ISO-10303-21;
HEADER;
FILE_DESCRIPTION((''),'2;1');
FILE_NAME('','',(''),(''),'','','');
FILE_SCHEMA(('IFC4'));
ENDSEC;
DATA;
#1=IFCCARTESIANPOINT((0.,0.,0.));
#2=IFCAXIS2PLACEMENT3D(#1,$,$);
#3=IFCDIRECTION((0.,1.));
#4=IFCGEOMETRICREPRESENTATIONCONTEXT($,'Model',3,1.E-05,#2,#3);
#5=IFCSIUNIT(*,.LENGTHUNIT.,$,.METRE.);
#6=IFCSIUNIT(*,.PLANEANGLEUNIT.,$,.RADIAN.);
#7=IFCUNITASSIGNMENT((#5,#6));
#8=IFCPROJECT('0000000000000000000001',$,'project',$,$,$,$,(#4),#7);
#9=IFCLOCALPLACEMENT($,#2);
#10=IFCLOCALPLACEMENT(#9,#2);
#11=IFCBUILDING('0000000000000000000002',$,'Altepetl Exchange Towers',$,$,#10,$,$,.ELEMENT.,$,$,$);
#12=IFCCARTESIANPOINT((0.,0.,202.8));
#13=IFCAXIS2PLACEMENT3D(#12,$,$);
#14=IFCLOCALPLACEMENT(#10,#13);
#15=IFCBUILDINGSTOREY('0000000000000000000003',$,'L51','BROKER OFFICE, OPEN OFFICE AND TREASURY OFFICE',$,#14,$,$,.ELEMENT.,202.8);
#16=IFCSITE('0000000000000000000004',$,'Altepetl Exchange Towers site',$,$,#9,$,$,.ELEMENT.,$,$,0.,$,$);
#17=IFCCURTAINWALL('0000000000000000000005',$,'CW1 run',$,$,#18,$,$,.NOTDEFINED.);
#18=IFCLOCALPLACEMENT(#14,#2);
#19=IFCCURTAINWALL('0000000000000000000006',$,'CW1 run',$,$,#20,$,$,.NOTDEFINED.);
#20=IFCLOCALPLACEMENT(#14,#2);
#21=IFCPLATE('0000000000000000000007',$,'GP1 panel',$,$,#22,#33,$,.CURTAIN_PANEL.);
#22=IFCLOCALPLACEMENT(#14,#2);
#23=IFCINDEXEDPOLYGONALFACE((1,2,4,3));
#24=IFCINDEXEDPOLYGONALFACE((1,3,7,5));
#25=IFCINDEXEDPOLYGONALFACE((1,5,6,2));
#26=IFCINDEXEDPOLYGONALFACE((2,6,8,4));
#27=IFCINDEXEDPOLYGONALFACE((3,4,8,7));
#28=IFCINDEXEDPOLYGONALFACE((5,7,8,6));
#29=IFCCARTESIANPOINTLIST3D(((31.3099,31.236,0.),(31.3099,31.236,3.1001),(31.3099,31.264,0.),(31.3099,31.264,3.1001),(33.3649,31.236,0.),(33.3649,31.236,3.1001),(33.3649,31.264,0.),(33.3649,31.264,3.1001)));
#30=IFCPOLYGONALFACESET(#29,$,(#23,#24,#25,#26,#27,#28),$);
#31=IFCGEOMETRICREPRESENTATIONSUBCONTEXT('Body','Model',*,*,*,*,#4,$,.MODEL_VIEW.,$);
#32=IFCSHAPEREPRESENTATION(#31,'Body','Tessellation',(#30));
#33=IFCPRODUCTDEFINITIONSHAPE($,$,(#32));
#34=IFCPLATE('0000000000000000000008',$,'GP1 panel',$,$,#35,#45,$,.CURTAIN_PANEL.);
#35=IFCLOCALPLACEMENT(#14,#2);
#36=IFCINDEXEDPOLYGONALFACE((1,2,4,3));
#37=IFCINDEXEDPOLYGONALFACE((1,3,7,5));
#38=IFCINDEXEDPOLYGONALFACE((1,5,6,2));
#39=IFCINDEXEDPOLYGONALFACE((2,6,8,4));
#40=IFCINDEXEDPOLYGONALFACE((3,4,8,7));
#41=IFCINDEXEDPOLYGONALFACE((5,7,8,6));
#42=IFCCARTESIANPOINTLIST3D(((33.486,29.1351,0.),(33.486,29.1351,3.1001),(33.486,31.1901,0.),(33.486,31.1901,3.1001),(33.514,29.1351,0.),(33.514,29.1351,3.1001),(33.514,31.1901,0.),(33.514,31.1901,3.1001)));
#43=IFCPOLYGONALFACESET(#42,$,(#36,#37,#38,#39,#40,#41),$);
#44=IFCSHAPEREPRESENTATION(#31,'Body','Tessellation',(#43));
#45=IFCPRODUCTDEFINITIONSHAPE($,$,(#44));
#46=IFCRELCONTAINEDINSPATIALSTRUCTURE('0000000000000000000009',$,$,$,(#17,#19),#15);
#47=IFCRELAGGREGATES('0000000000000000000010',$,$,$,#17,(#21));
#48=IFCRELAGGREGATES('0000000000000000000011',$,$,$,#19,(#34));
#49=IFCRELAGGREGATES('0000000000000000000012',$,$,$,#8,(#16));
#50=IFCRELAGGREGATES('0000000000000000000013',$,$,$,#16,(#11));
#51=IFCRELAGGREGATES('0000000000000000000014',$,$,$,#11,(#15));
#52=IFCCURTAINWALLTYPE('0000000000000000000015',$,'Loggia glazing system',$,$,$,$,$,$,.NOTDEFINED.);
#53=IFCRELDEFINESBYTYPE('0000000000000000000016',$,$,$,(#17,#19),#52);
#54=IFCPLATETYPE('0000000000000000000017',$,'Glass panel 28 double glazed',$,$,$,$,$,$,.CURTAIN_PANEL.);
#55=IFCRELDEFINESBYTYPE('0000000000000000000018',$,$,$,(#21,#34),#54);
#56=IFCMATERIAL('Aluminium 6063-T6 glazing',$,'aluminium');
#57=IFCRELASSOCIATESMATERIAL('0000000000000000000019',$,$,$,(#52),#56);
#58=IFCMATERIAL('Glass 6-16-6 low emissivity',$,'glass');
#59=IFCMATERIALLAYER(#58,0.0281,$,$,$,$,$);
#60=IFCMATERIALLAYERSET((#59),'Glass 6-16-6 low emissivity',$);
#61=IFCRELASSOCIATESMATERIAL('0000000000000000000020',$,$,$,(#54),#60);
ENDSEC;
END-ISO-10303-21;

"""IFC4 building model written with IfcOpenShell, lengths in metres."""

from ifc_helpers import new_model, si_unit, direction, frame, origin, origin_2d, place, context, subcontext, project, spatial, rectangle, extrude, material, layer, layer_set, type_object, element, aggregate, save


model = new_model("IFC4")

# Units and contexts
model_context = context("Model", 3, precision=1e-05, world=origin(), true_north=direction((0.0, 1.0)))
body_context = subcontext(model_context, "Body", "Model", "MODEL_VIEW")
ifc_project = project(units=[si_unit("LENGTHUNIT", "METRE"), si_unit("PLANEANGLEUNIT", "RADIAN")], contexts=[model_context])

# Site, building, storey
site_placement = place(None, origin())
site = spatial("IfcSite", under=ifc_project, at=site_placement, Name="Altepetl Exchange Towers site", CompositionType="ELEMENT", RefElevation=0.0)
building_placement = place(site_placement, origin())
building = spatial("IfcBuilding", under=site, at=building_placement, Name="Altepetl Exchange Towers", CompositionType="ELEMENT")
storey_placement = place(building_placement, frame((0.0, 0.0, 202.8)))
storey = spatial("IfcBuildingStorey", under=building, at=storey_placement, Name="L51", Description="BROKER OFFICE, OPEN OFFICE AND TREASURY OFFICE", CompositionType="ELEMENT", Elevation=202.8)

# Curtain walls
ifc_material_1 = material(Name="Aluminium 6063-T6 glazing", Category="aluminium")
curtain_wall_type = type_object("IfcCurtainWallType", Name="Loggia glazing system", PredefinedType="NOTDEFINED", material=ifc_material_1)
curtain_wall_1_placement = place(storey_placement, origin())
curtain_wall_1 = element("IfcCurtainWall", 1, at=curtain_wall_1_placement, inside=storey, type_object=curtain_wall_type, Name="CW1 run", PredefinedType="NOTDEFINED")
curtain_wall_2_placement = place(storey_placement, origin())
curtain_wall_2 = element("IfcCurtainWall", 2, at=curtain_wall_2_placement, inside=storey, type_object=curtain_wall_type, Name="CW1 run", PredefinedType="NOTDEFINED")

# Plates
ifc_material_2 = material(Name="Glass 6-16-6 low emissivity", Category="glass")
ifc_layer = layer(ifc_material_2, 0.0281)
ifc_layer_set = layer_set([ifc_layer], Name="Glass 6-16-6 low emissivity")
plate_type = type_object("IfcPlateType", Name="Glass panel 28 double glazed", PredefinedType="CURTAIN_PANEL", material=ifc_layer_set)
plate_1_placement = place(storey_placement, frame((32.3374, 31.25, 0.0)))
plate_1 = element("IfcPlate", 3, at=plate_1_placement, type_object=plate_type, Name="GP1 panel", PredefinedType="CURTAIN_PANEL", context=body_context, shape_type="SweptSolid", body=[
    extrude(rectangle(XDim=2.0549, YDim=0.0281, at=origin_2d()), origin(), (0.0, 0.0, 1.0), 3.1001),
])
aggregate(curtain_wall_1, [plate_1])
plate_2_placement = place(storey_placement, frame((33.5, 30.1626, 0.0), z_axis=(0.0, 0.0, 1.0), x_axis=(0.0, -1.0, 0.0)))
plate_2 = element("IfcPlate", 4, at=plate_2_placement, type_object=plate_type, Name="GP1 panel", PredefinedType="CURTAIN_PANEL", context=body_context, shape_type="SweptSolid", body=[
    extrude(rectangle(XDim=2.0549, YDim=0.0281, at=origin_2d()), origin(), (0.0, 0.0, 1.0), 3.1001),
])
aggregate(curtain_wall_2, [plate_2])

save(model, "model.ifc")
